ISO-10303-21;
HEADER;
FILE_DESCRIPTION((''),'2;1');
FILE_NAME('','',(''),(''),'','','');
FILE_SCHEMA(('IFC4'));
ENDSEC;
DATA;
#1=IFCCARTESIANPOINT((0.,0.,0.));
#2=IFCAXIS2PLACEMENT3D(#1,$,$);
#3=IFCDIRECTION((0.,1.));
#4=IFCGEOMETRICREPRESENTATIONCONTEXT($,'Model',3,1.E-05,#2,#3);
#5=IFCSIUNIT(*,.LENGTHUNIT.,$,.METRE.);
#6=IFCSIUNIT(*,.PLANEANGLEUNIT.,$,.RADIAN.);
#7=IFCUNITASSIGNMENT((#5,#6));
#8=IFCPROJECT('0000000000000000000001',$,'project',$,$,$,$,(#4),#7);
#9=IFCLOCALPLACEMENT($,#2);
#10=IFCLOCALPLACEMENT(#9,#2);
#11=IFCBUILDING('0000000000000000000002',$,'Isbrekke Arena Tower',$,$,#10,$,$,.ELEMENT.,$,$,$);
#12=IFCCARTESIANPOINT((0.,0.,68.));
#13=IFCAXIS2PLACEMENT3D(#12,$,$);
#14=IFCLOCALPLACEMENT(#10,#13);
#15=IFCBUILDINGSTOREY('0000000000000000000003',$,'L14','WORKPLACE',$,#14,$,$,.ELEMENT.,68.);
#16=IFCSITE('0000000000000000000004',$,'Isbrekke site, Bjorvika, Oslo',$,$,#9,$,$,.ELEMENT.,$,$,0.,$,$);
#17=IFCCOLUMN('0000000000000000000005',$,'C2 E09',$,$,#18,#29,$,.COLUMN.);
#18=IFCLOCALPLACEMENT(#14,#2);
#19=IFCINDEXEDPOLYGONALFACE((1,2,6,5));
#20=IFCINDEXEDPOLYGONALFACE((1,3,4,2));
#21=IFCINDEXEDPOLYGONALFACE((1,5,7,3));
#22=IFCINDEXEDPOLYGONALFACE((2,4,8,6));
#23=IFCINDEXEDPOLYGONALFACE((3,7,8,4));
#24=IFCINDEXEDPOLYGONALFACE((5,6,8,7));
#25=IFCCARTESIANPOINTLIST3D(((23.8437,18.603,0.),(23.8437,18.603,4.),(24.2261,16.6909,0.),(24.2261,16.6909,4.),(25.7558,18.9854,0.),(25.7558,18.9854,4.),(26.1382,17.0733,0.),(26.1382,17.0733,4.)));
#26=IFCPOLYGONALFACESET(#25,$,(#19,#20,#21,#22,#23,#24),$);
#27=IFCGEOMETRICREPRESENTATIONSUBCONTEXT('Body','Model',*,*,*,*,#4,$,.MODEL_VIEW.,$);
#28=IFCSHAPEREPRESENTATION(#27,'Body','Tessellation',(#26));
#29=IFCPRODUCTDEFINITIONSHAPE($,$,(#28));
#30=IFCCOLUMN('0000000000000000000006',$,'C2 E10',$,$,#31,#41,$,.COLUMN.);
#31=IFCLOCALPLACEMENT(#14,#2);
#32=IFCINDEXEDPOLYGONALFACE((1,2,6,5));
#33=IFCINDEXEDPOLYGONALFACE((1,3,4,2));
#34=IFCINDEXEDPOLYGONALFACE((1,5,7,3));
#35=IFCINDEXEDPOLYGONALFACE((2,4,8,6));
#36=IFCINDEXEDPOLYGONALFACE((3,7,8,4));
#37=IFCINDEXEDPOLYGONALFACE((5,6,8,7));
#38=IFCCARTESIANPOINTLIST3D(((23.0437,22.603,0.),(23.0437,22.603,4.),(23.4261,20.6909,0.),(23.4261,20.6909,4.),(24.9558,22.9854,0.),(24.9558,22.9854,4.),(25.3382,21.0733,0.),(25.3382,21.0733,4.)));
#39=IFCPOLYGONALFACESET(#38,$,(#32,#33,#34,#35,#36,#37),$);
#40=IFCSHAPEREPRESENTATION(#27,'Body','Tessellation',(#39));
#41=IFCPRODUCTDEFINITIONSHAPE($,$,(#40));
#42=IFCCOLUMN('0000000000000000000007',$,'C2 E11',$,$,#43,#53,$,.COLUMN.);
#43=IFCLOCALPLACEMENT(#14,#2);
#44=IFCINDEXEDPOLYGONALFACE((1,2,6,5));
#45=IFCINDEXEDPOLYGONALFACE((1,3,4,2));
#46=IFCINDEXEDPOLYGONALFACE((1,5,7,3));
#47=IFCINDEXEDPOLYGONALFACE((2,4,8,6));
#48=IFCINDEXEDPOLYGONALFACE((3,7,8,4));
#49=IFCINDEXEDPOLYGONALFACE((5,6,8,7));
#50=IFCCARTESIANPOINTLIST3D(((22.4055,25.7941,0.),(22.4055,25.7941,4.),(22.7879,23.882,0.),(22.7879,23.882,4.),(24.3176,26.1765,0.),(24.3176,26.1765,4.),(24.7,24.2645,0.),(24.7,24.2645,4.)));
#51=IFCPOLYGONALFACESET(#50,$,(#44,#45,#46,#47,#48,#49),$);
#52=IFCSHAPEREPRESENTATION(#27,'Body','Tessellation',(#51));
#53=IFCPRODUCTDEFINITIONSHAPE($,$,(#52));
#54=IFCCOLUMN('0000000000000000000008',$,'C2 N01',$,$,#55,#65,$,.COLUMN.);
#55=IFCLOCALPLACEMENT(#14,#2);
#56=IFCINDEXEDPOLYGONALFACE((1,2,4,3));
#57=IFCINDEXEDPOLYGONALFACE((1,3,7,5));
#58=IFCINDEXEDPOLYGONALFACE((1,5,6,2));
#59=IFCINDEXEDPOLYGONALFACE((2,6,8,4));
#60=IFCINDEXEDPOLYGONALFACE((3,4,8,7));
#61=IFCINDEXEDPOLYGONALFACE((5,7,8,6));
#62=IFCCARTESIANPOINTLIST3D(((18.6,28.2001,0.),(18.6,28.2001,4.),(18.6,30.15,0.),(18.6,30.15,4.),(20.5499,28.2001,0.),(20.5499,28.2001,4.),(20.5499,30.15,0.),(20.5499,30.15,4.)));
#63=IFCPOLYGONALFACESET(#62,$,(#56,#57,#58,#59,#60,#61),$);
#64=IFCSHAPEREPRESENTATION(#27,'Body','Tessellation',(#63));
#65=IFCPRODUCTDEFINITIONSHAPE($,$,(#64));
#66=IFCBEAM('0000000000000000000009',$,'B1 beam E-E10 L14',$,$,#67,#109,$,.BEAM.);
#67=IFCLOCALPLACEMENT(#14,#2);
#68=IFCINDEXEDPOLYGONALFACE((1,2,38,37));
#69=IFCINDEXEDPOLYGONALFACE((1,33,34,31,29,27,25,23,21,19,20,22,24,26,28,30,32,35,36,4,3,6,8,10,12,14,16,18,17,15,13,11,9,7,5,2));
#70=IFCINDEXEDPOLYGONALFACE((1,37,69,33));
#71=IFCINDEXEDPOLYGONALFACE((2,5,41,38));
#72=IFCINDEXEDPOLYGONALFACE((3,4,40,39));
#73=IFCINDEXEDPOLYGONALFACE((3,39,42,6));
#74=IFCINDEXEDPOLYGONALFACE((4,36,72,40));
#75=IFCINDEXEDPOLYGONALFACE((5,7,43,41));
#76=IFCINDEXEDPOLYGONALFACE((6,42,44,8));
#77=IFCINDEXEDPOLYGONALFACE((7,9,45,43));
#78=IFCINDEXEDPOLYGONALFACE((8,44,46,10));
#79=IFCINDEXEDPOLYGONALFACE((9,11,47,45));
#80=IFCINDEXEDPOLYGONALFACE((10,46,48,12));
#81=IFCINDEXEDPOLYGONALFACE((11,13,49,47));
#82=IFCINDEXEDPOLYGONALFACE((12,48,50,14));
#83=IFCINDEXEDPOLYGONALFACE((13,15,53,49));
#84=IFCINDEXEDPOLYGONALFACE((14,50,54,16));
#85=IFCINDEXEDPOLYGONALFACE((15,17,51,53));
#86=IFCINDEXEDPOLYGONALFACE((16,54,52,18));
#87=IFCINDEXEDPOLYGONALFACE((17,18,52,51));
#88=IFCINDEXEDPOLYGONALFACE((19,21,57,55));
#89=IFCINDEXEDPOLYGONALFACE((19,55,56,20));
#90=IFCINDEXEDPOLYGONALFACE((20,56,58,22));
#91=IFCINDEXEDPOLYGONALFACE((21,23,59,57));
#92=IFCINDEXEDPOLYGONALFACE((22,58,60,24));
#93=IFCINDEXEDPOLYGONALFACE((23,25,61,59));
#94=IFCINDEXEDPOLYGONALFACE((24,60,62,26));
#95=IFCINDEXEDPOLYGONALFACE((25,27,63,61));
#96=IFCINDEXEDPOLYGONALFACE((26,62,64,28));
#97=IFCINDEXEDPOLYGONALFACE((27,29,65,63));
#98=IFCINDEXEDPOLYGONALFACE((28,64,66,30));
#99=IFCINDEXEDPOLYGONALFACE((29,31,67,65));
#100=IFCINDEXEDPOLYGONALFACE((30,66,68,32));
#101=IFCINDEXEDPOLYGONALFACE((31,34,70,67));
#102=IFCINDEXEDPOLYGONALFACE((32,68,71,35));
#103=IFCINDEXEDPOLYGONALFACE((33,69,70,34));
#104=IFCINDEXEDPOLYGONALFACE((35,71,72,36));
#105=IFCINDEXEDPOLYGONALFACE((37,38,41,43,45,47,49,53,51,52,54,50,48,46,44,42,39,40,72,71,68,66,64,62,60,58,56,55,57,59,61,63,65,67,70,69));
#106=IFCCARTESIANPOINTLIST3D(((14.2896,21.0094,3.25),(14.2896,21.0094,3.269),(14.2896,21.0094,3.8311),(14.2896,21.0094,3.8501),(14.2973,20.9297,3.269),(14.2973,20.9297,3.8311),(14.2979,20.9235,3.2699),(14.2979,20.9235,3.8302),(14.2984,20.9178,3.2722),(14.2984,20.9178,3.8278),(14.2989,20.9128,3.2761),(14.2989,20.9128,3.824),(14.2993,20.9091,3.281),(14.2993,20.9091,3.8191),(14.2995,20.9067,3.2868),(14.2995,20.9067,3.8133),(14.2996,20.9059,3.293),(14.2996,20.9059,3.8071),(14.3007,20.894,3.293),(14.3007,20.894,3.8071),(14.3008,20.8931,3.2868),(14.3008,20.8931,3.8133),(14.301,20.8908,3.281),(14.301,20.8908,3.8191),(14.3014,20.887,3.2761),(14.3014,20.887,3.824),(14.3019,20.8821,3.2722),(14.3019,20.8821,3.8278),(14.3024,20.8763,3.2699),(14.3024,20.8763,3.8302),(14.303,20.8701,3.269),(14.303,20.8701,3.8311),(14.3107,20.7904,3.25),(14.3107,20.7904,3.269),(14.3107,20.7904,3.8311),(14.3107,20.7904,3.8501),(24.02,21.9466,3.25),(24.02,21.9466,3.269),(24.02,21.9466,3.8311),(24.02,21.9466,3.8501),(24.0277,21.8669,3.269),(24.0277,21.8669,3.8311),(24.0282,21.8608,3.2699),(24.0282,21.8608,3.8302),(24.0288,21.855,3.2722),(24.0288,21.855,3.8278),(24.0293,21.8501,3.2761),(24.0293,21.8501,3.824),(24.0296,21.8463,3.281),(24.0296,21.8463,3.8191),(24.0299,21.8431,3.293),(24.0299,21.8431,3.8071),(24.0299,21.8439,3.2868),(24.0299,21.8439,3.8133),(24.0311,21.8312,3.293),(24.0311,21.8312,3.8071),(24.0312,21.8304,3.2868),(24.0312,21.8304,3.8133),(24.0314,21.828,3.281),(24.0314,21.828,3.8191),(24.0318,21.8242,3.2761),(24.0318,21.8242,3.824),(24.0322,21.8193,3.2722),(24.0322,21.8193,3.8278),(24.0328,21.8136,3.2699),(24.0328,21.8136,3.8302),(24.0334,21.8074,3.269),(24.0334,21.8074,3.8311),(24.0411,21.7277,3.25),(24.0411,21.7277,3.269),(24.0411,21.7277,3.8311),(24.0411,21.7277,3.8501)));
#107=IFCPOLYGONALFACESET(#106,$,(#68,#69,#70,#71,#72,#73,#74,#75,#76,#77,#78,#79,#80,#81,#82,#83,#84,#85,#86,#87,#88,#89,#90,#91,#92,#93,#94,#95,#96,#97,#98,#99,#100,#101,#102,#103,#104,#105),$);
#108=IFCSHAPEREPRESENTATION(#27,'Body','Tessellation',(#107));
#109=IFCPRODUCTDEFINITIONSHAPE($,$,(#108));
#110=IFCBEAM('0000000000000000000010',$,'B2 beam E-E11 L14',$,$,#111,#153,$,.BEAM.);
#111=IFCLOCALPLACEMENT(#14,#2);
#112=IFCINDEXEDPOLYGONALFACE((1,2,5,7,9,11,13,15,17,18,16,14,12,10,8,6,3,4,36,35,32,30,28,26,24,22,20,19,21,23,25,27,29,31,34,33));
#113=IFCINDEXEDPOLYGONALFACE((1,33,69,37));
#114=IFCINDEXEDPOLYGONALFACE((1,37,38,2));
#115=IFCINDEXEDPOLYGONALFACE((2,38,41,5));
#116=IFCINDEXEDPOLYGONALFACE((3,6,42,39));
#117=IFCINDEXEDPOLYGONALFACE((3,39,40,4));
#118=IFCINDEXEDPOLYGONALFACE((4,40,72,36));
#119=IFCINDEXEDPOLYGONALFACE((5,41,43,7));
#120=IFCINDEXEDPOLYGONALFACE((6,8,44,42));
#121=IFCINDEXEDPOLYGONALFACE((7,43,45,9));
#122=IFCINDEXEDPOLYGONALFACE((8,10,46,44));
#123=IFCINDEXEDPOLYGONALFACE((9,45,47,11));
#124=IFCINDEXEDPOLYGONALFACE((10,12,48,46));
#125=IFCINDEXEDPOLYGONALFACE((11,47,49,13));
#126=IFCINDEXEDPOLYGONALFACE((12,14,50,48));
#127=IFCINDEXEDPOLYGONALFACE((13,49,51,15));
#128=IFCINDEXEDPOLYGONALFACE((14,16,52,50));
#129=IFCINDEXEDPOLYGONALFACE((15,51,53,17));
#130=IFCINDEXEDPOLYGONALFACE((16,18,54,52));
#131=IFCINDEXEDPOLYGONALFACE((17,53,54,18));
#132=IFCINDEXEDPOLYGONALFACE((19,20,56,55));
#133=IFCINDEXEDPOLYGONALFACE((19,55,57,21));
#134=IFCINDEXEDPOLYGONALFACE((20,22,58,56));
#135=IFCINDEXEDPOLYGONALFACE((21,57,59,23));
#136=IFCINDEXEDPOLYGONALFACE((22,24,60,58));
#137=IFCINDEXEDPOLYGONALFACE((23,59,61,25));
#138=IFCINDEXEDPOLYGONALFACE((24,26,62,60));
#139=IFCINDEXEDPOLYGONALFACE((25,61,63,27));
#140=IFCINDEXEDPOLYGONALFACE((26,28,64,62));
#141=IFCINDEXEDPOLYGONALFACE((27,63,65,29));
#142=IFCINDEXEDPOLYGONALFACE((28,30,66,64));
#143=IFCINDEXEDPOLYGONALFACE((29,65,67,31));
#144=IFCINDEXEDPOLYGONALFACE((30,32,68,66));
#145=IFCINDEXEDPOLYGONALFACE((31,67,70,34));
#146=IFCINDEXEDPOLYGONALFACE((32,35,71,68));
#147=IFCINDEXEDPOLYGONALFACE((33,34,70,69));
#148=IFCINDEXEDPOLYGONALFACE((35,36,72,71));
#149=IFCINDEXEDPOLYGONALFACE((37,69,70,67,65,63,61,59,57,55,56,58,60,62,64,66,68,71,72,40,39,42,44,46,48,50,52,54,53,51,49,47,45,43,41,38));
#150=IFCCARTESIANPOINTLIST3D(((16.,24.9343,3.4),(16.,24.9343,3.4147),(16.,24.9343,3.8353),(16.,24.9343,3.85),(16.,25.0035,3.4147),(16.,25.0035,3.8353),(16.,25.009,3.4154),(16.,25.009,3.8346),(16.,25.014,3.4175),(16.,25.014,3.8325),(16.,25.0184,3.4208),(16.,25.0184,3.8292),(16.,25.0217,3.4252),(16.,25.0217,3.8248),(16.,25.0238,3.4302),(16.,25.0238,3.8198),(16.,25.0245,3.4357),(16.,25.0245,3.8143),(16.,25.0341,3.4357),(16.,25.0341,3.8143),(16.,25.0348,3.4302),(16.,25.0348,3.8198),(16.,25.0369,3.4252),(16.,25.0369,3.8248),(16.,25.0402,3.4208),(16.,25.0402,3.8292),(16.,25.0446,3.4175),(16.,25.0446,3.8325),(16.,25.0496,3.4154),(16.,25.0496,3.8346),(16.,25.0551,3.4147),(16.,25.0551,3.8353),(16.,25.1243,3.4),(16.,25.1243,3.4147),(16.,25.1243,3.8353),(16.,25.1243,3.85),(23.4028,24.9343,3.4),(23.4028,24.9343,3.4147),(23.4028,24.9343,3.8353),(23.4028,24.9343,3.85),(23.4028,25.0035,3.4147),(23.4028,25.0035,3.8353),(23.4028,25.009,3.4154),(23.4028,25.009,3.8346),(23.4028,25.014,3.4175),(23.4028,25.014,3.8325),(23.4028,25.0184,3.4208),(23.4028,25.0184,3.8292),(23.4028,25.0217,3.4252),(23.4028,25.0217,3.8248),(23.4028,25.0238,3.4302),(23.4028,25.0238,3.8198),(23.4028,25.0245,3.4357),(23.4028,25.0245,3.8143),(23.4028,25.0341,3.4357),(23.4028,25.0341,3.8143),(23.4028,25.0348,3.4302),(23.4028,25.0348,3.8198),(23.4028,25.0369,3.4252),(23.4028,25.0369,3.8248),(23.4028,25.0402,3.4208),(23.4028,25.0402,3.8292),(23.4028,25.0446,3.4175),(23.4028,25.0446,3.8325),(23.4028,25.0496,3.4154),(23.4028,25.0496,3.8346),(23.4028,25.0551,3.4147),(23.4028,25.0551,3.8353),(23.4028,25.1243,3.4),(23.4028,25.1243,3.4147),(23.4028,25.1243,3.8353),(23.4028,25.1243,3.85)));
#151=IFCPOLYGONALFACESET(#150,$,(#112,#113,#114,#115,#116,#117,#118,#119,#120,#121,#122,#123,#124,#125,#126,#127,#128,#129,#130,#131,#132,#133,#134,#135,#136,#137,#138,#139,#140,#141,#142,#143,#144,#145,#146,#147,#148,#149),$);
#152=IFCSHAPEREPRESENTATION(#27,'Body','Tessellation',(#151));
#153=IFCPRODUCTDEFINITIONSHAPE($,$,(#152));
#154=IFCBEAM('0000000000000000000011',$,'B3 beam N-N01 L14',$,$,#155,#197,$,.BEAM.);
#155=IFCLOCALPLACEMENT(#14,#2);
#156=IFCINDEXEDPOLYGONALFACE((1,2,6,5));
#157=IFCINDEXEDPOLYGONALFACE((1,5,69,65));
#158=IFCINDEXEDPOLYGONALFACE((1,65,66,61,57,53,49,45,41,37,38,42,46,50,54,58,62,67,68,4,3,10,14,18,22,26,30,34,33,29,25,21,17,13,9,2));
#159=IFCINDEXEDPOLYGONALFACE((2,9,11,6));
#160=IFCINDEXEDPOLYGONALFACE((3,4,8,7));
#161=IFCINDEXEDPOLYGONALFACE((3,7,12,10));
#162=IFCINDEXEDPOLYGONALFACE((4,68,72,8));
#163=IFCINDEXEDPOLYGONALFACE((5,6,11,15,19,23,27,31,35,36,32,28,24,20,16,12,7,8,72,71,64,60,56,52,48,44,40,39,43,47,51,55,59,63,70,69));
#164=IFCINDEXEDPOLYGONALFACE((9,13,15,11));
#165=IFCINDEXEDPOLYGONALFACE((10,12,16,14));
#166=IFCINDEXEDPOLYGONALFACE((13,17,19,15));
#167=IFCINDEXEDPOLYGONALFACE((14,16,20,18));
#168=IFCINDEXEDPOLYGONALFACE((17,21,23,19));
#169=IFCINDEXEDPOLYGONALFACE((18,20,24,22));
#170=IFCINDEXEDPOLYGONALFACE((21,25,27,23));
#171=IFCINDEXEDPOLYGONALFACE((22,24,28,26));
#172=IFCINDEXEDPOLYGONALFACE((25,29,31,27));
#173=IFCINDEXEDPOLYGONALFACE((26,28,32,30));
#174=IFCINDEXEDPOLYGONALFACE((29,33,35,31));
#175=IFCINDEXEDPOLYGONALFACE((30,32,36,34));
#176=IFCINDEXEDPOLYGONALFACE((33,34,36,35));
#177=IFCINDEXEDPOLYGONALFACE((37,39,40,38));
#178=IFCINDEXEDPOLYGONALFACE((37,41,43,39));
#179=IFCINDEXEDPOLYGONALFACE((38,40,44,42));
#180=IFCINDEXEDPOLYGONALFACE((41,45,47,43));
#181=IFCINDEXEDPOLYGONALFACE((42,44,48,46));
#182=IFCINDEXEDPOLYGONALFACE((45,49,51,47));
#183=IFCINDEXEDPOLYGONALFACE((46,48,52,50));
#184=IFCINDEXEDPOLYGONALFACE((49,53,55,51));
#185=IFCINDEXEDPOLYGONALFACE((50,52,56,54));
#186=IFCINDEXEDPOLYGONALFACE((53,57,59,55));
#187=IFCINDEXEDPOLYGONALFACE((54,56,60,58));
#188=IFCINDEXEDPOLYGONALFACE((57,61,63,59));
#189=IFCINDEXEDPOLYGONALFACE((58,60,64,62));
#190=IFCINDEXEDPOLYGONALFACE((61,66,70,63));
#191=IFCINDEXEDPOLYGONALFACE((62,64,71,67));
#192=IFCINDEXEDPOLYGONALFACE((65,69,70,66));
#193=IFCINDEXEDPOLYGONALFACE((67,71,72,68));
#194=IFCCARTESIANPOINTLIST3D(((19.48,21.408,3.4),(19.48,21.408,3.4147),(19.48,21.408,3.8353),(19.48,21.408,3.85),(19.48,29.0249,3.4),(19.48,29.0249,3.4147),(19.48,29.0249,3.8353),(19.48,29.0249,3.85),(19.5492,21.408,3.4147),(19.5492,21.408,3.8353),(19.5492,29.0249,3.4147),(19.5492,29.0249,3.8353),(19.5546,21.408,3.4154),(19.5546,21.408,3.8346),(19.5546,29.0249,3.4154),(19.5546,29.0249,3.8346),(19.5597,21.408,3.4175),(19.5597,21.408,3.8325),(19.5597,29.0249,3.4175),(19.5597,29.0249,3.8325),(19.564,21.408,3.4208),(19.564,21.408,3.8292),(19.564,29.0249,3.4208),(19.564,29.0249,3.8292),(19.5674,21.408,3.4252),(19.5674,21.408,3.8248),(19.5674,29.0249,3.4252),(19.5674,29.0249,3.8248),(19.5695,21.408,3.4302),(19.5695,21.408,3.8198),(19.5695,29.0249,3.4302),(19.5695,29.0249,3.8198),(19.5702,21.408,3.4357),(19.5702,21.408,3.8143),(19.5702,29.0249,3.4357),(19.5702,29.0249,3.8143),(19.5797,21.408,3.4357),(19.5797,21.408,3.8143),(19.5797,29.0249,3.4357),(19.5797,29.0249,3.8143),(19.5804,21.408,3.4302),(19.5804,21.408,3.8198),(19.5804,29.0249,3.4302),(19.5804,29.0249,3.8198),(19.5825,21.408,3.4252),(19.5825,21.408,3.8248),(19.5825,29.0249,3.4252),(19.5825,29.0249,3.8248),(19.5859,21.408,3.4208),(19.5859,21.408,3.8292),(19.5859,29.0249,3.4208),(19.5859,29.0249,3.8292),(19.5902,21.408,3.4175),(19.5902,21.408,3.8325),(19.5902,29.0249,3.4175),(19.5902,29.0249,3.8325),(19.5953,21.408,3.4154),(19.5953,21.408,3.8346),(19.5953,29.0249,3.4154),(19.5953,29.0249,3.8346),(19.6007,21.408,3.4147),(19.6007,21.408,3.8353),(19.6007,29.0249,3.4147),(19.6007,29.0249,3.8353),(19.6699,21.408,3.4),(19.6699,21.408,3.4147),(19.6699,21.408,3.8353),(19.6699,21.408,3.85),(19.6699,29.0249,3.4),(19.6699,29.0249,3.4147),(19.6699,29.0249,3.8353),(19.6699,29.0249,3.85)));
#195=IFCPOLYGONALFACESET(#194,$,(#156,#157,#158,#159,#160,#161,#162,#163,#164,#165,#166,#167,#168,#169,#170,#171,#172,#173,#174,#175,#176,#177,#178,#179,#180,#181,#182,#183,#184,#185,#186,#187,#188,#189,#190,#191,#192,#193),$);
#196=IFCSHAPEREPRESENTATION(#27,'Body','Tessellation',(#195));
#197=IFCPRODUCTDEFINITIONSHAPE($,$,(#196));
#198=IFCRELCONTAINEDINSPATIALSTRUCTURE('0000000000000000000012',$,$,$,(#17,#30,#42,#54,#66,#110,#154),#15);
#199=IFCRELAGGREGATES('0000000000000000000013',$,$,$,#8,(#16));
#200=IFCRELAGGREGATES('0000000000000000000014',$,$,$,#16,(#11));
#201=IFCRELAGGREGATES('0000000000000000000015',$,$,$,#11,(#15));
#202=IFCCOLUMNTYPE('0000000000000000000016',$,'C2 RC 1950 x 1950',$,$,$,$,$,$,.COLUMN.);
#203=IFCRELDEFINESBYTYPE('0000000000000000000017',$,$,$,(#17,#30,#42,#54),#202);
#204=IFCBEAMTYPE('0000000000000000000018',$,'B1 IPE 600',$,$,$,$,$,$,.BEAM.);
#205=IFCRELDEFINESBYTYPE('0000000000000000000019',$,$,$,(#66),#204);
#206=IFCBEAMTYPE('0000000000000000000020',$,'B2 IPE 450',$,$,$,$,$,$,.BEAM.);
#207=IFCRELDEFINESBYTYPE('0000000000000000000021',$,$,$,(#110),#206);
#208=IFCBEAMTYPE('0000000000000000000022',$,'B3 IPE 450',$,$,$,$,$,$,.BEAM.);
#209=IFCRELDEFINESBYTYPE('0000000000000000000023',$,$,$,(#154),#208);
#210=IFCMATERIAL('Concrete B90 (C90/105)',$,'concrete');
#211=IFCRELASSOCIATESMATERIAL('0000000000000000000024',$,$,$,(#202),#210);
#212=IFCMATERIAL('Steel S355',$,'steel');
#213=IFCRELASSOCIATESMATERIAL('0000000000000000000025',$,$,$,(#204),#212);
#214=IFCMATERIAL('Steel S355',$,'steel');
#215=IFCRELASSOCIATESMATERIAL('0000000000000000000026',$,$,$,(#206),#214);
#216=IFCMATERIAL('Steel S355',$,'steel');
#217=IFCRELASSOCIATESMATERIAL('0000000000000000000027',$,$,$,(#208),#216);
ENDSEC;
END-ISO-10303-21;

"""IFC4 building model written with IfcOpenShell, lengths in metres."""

from ifc_helpers import new_model, si_unit, direction, frame, origin, origin_2d, place, context, subcontext, project, spatial, rectangle, i_section, extrude, material, material_profile, profile_set, type_object, element, save


model = new_model("IFC4")

# Units and contexts
model_context = context("Model", 3, precision=1e-05, world=origin(), true_north=direction((0.0, 1.0)))
body_context = subcontext(model_context, "Body", "Model", "MODEL_VIEW")
ifc_project = project(units=[si_unit("LENGTHUNIT", "METRE"), si_unit("PLANEANGLEUNIT", "RADIAN")], contexts=[model_context])

# Site, building, storey
site_placement = place(None, origin())
site = spatial("IfcSite", under=ifc_project, at=site_placement, Name="Isbrekke site, Bjorvika, Oslo", CompositionType="ELEMENT", RefElevation=0.0)
building_placement = place(site_placement, origin())
building = spatial("IfcBuilding", under=site, at=building_placement, Name="Isbrekke Arena Tower", CompositionType="ELEMENT")
storey_placement = place(building_placement, frame((0.0, 0.0, 68.0)))
storey = spatial("IfcBuildingStorey", under=building, at=storey_placement, Name="L14", Description="WORKPLACE", CompositionType="ELEMENT", Elevation=68.0)

# Columns
ifc_material_1 = material(Name="Concrete B90 (C90/105)", Category="concrete")
ifc_material_profile_1 = material_profile(ifc_material_1, rectangle(XDim=1.95, YDim=1.95, at=origin_2d()), Name="RC 1950x1950")
ifc_profile_set_1 = profile_set([ifc_material_profile_1], Name="Concrete B90 (C90/105)")
column_type = type_object("IfcColumnType", Name="C2 RC 1950 x 1950", PredefinedType="COLUMN", material=ifc_profile_set_1)
for number, where, z_axis, x_axis, name in (
    (1, (24.991, 17.8381, 0.0), (0.0, 0.0, 1.0), (-0.196116, 0.980581, 0.0), "C2 E09"),
    (2, (24.1909, 21.8381, 0.0), (0.0, 0.0, 1.0), (-0.196116, 0.980581, 0.0), "C2 E10"),
    (3, (23.5527, 25.0293, 0.0), (0.0, 0.0, 1.0), (-0.196116, 0.980581, 0.0), "C2 E11"),
    (4, (19.575, 29.175, 0.0), (0.0, 0.0, 1.0), (-1.0, 0.0, 0.0), "C2 N01"),
):
    element("IfcColumn", number, at=place(storey_placement, frame(where, z_axis=z_axis, x_axis=x_axis)), inside=storey, type_object=column_type, Name=name, PredefinedType="COLUMN", context=body_context, shape_type="SweptSolid", body=[
        extrude(rectangle(XDim=1.95, YDim=1.95, at=origin_2d()), origin(), (0.0, 0.0, 1.0), 4.0),
    ])

# Beams
ifc_material_2 = material(Name="Steel S355", Category="steel")
ifc_material_profile_2 = material_profile(ifc_material_2, i_section(OverallWidth=0.22, OverallDepth=0.6001, WebThickness=0.012, FlangeThickness=0.019, FilletRadius=0.0239, at=origin_2d()), Name="IPE 600")
ifc_profile_set_2 = profile_set([ifc_material_profile_2], Name="Steel S355")
beam_type_1 = type_object("IfcBeamType", Name="B1 IPE 600", PredefinedType="BEAM", material=ifc_profile_set_2)
beam_1_placement = place(storey_placement, frame((24.0305, 21.8372, 3.55), z_axis=(-0.995393, -0.095878, 0.0), x_axis=(0.095878, -0.995393, 0.0)))
element("IfcBeam", 5, at=beam_1_placement, inside=storey, type_object=beam_type_1, Name="B1 beam E-E10 L14", PredefinedType="BEAM", context=body_context, shape_type="SweptSolid", body=[
    extrude(i_section(OverallWidth=0.22, OverallDepth=0.6001, WebThickness=0.012, FlangeThickness=0.019, FilletRadius=0.0239, at=origin_2d()), origin(), (0.0, 0.0, 1.0), 9.7754),
])
ifc_material_3 = material(Name="Steel S355", Category="steel")
ifc_material_profile_3 = material_profile(ifc_material_3, i_section(OverallWidth=0.1899, OverallDepth=0.45, WebThickness=0.0095, FlangeThickness=0.0146, FilletRadius=0.021, at=origin_2d()), Name="IPE 450")
ifc_profile_set_3 = profile_set([ifc_material_profile_3], Name="Steel S355")
beam_type_2 = type_object("IfcBeamType", Name="B2 IPE 450", PredefinedType="BEAM", material=ifc_profile_set_3)
beam_2_placement = place(storey_placement, frame((23.4028, 25.0293, 3.625), z_axis=(-1.0, 0.0, 0.0), x_axis=(0.0, -1.0, 0.0)))
element("IfcBeam", 6, at=beam_2_placement, inside=storey, type_object=beam_type_2, Name="B2 beam E-E11 L14", PredefinedType="BEAM", context=body_context, shape_type="SweptSolid", body=[
    extrude(i_section(OverallWidth=0.1899, OverallDepth=0.45, WebThickness=0.0095, FlangeThickness=0.0146, FilletRadius=0.021, at=origin_2d()), origin(), (0.0, 0.0, 1.0), 7.4028),
])
ifc_material_4 = material(Name="Steel S355", Category="steel")
ifc_material_profile_4 = material_profile(ifc_material_4, i_section(OverallWidth=0.1899, OverallDepth=0.45, WebThickness=0.0095, FlangeThickness=0.0146, FilletRadius=0.021, at=origin_2d()), Name="IPE 450")
ifc_profile_set_4 = profile_set([ifc_material_profile_4], Name="Steel S355")
beam_type_3 = type_object("IfcBeamType", Name="B3 IPE 450", PredefinedType="BEAM", material=ifc_profile_set_4)
beam_3_placement = place(storey_placement, frame((19.575, 29.0249, 3.625), z_axis=(0.0, -1.0, 0.0), x_axis=(1.0, 0.0, 0.0)))
element("IfcBeam", 7, at=beam_3_placement, inside=storey, type_object=beam_type_3, Name="B3 beam N-N01 L14", PredefinedType="BEAM", context=body_context, shape_type="SweptSolid", body=[
    extrude(i_section(OverallWidth=0.1899, OverallDepth=0.45, WebThickness=0.0095, FlangeThickness=0.0146, FilletRadius=0.021, at=origin_2d()), origin(), (0.0, 0.0, 1.0), 7.6169),
])

save(model, "model.ifc")
